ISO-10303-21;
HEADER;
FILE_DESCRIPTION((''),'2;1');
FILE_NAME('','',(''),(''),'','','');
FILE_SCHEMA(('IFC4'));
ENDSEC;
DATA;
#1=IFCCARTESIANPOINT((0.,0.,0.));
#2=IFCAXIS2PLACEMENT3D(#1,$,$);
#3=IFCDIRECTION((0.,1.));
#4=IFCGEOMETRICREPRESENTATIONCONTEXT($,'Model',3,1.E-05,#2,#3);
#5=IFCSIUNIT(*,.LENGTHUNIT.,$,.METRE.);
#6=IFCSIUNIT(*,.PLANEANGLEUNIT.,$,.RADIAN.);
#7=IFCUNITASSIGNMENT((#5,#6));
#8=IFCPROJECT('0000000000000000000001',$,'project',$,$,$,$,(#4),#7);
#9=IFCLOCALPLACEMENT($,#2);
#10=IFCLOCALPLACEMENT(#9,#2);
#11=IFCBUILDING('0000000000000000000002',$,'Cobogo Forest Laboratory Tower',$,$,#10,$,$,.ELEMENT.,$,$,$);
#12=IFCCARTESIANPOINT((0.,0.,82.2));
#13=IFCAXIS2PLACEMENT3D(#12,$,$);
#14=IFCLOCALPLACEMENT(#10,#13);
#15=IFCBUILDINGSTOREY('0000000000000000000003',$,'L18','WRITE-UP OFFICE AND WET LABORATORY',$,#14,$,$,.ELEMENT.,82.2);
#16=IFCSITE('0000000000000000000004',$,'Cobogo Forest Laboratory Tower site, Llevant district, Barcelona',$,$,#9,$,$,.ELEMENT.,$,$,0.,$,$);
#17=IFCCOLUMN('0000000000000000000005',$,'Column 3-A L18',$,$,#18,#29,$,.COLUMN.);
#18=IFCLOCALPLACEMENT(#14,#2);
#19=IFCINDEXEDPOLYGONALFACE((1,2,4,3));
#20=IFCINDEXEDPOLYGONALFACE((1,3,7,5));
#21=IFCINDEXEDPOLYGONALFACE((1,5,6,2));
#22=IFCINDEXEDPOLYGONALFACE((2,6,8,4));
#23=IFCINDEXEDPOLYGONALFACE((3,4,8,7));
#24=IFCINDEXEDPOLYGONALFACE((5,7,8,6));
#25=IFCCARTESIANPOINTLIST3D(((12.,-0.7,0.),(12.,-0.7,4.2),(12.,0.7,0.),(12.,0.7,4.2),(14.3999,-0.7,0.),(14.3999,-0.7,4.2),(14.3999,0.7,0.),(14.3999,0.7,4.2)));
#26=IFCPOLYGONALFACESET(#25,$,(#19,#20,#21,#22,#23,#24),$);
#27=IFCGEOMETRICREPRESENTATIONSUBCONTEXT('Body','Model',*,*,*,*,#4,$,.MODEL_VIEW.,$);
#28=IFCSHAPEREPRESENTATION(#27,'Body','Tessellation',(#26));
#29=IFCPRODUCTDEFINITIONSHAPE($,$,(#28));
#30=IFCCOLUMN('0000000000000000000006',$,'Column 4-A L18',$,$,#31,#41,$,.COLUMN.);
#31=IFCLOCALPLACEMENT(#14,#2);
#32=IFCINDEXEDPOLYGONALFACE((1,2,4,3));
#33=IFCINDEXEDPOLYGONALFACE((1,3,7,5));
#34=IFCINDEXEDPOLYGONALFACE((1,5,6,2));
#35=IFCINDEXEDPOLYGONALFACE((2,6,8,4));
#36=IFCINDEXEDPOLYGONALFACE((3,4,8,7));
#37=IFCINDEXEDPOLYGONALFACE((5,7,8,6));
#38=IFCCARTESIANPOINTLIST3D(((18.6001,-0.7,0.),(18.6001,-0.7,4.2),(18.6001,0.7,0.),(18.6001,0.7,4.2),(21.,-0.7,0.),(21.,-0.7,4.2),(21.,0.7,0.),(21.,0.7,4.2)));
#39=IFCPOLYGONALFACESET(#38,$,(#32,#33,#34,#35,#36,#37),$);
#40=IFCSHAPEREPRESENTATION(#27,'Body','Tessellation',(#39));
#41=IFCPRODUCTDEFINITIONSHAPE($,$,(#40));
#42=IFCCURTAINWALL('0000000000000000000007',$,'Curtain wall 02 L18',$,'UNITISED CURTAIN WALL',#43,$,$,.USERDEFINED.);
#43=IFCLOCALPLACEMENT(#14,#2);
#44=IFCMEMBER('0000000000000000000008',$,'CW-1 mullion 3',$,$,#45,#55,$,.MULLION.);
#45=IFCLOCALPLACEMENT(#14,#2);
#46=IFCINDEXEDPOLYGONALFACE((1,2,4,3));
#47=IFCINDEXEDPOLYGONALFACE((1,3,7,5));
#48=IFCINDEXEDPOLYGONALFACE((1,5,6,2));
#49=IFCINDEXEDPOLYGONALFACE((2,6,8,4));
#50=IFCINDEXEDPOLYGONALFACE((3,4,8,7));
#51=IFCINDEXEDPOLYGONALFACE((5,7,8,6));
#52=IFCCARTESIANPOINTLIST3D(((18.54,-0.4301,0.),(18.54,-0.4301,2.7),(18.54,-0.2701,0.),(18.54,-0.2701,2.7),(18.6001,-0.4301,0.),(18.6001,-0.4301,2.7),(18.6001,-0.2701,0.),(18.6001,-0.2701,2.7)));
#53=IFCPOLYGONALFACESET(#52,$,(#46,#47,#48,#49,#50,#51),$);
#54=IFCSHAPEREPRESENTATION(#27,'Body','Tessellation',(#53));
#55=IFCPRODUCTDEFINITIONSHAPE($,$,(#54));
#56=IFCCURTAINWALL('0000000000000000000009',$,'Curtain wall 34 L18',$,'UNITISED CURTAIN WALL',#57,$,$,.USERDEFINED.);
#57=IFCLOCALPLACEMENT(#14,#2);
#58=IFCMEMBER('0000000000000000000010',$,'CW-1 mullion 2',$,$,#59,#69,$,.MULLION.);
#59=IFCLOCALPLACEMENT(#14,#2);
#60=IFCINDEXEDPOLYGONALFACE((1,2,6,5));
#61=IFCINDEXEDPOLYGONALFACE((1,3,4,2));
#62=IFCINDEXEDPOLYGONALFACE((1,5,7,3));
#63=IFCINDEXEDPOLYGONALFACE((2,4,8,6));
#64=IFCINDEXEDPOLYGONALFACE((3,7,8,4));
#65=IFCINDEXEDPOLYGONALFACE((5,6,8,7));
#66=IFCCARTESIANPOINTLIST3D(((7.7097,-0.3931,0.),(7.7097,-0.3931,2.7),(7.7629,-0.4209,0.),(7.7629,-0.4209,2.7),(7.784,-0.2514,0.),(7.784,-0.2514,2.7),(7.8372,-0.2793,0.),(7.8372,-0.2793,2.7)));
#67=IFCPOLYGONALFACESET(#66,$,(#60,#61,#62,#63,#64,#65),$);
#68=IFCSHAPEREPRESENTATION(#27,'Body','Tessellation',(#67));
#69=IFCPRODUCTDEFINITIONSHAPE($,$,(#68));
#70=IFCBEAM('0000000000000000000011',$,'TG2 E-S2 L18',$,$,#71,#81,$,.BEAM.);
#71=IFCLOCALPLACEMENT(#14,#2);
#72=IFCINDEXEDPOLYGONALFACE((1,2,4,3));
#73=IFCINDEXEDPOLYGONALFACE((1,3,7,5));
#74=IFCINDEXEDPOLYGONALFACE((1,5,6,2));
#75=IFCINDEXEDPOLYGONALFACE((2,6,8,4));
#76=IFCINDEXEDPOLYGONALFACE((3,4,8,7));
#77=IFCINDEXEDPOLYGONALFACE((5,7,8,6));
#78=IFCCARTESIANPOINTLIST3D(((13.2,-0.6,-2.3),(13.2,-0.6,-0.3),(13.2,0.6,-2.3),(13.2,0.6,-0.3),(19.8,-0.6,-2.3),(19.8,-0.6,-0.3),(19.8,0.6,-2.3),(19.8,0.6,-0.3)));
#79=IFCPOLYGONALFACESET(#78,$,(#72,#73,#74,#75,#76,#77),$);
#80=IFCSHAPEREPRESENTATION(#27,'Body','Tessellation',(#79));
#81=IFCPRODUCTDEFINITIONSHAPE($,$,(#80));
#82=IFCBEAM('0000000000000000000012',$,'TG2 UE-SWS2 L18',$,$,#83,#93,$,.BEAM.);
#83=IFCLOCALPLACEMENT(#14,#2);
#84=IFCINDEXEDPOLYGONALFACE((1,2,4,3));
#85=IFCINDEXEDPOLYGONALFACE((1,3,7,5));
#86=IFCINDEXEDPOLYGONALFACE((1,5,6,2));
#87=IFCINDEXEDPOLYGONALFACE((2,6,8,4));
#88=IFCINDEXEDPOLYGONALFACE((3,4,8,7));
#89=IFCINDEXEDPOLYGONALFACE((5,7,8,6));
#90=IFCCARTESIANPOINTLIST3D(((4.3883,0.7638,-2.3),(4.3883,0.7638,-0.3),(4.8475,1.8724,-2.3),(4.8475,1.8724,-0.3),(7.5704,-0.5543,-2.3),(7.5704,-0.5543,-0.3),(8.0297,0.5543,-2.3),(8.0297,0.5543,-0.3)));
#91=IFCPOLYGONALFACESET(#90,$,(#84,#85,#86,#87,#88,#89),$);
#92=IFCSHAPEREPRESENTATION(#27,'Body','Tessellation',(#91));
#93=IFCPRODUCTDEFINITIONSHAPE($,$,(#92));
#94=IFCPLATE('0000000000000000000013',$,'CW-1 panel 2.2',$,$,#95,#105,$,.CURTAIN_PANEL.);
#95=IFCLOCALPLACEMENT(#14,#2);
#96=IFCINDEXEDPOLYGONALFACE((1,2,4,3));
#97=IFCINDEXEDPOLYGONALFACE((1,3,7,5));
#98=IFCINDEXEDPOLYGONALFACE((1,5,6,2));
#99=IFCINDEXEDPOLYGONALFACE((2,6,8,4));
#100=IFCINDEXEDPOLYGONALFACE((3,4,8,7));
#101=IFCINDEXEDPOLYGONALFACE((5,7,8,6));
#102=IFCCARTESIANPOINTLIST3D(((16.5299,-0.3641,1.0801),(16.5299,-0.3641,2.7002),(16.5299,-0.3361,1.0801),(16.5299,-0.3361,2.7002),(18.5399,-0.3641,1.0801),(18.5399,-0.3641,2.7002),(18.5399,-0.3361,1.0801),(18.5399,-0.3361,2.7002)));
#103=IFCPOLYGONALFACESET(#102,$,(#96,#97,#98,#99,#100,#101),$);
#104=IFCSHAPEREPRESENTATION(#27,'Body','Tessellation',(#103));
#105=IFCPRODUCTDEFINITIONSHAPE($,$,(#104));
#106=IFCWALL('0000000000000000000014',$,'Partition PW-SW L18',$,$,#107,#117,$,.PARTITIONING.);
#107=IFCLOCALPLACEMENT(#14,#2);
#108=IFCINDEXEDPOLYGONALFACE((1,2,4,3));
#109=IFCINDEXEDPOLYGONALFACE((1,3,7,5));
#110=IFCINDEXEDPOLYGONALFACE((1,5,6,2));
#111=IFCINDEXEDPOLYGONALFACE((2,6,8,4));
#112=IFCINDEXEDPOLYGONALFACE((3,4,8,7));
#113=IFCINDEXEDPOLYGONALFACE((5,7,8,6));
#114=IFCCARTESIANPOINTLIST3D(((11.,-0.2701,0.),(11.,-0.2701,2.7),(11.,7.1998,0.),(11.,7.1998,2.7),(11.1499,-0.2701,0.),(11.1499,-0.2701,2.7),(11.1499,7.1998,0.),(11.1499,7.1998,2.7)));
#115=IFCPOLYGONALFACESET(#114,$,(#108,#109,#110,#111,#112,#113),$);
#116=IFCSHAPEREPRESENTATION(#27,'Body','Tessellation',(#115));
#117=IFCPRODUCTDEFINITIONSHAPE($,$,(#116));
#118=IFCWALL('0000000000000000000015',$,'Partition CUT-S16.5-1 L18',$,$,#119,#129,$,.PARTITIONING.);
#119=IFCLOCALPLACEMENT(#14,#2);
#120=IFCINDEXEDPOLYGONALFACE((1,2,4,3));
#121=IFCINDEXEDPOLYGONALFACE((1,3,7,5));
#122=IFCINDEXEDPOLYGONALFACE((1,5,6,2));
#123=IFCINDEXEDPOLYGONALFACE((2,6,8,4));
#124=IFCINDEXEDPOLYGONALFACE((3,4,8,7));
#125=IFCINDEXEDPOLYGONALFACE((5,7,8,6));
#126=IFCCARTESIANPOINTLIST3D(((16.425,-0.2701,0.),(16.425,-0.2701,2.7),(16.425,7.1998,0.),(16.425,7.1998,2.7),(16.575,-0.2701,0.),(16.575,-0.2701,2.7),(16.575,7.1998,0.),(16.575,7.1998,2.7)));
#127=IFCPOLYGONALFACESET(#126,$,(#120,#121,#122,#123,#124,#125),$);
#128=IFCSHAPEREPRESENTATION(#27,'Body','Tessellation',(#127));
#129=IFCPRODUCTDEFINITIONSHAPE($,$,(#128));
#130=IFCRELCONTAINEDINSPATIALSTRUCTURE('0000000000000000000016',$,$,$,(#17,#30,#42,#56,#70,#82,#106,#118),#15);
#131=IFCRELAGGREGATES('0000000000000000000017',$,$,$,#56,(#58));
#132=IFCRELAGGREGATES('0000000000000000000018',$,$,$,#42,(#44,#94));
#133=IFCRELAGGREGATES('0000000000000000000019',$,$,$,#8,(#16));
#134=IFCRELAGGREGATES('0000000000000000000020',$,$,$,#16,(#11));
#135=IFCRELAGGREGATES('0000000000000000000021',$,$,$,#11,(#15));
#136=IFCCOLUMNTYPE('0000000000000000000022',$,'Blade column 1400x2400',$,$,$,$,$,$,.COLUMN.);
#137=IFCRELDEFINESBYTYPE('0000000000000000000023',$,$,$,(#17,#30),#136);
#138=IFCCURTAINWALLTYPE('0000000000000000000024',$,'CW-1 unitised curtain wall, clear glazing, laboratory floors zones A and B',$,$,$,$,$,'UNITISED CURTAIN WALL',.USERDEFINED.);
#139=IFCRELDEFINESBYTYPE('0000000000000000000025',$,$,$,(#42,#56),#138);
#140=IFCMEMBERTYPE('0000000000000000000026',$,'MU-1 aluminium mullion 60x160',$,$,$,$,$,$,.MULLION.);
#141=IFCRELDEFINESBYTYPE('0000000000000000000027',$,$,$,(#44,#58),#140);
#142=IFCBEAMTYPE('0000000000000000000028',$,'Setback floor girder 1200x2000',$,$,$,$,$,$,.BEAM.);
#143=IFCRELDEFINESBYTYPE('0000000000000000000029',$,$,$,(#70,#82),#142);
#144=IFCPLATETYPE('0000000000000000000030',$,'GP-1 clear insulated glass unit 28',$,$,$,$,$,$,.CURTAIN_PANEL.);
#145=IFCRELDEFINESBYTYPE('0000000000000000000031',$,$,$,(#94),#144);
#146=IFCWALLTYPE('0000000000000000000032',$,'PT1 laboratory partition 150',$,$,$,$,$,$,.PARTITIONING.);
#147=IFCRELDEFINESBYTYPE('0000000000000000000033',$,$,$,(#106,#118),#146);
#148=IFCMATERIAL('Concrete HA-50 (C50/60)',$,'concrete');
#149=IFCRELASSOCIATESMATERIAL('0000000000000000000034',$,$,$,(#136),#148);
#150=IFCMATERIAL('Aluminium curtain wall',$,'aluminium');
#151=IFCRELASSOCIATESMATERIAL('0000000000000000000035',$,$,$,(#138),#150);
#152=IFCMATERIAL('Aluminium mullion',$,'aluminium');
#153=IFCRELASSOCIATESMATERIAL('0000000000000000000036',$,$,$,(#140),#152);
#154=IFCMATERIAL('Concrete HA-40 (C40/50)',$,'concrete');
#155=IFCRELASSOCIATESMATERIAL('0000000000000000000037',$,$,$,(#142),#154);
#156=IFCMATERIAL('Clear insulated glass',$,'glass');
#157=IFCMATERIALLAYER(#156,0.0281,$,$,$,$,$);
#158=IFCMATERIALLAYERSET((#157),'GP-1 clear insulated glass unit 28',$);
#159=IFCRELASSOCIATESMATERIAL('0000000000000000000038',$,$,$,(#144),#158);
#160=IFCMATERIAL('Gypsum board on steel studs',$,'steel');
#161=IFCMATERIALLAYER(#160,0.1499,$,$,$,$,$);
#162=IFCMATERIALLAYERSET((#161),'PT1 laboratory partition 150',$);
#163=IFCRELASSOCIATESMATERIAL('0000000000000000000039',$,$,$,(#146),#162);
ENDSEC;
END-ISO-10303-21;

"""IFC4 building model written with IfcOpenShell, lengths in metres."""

from ifc_helpers import new_model, si_unit, direction, frame, frame_2d, origin, origin_2d, place, context, subcontext, project, spatial, rectangle, extrude, material, layer, layer_set, material_profile, profile_set, type_object, element, aggregate, save


model = new_model("IFC4")

# Units and contexts
model_context = context("Model", 3, precision=1e-05, world=origin(), true_north=direction((0.0, 1.0)))
body_context = subcontext(model_context, "Body", "Model", "MODEL_VIEW")
ifc_project = project(units=[si_unit("LENGTHUNIT", "METRE"), si_unit("PLANEANGLEUNIT", "RADIAN")], contexts=[model_context])

# Site, building, storey
site_placement = place(None, origin())
site = spatial("IfcSite", under=ifc_project, at=site_placement, Name="Cobogo Forest Laboratory Tower site, Llevant district, Barcelona", CompositionType="ELEMENT", RefElevation=0.0)
building_placement = place(site_placement, origin())
building = spatial("IfcBuilding", under=site, at=building_placement, Name="Cobogo Forest Laboratory Tower", CompositionType="ELEMENT")
storey_placement = place(building_placement, frame((0.0, 0.0, 82.2)))
storey = spatial("IfcBuildingStorey", under=building, at=storey_placement, Name="L18", Description="WRITE-UP OFFICE AND WET LABORATORY", CompositionType="ELEMENT", Elevation=82.2)

# Columns
ifc_material_1 = material(Name="Concrete HA-50 (C50/60)", Category="concrete")
ifc_material_profile_1 = material_profile(ifc_material_1, rectangle(XDim=2.3999, YDim=1.3999, at=origin_2d()), Name="RC 1400x2400")
ifc_profile_set_1 = profile_set([ifc_material_profile_1], Name="Concrete HA-50 (C50/60)")
column_type = type_object("IfcColumnType", Name="Blade column 1400x2400", PredefinedType="COLUMN", material=ifc_profile_set_1)
for number, where, z_axis, x_axis, name in (
    (1, (13.2, 0.0, 0.0), (0.0, 0.0, 1.0), (1.0, 0.0, 0.0), "Column 3-A L18"),
    (2, (19.8, 0.0, 0.0), (0.0, 0.0, 1.0), (1.0, 0.0, 0.0), "Column 4-A L18"),
):
    element("IfcColumn", number, at=place(storey_placement, frame(where, z_axis=z_axis, x_axis=x_axis)), inside=storey, type_object=column_type, Name=name, PredefinedType="COLUMN", context=body_context, shape_type="SweptSolid", body=[
        extrude(rectangle(XDim=2.3999, YDim=1.3999, at=origin_2d()), origin(), (0.0, 0.0, 1.0), 4.2),
    ])

# Curtain walls, members
ifc_material_2 = material(Name="Aluminium curtain wall", Category="aluminium")
curtain_wall_type = type_object("IfcCurtainWallType", Name="CW-1 unitised curtain wall, clear glazing, laboratory floors zones A and B", ElementType="UNITISED CURTAIN WALL", PredefinedType="USERDEFINED", material=ifc_material_2)
curtain_wall_1_placement = place(storey_placement, origin())
curtain_wall_1 = element("IfcCurtainWall", 3, at=curtain_wall_1_placement, inside=storey, type_object=curtain_wall_type, Name="Curtain wall 02 L18", ObjectType="UNITISED CURTAIN WALL", PredefinedType="USERDEFINED")
ifc_material_3 = material(Name="Aluminium mullion", Category="aluminium")
ifc_material_profile_2 = material_profile(ifc_material_3, rectangle(XDim=0.0601, YDim=0.1599, at=origin_2d()), Name="AL 60x160")
ifc_profile_set_2 = profile_set([ifc_material_profile_2], Name="Aluminium mullion")
member_type = type_object("IfcMemberType", Name="MU-1 aluminium mullion 60x160", PredefinedType="MULLION", material=ifc_profile_set_2)
member_1_placement = place(storey_placement, frame((18.5701, -0.3501, 0.0), z_axis=(0.0, 0.0, 1.0), x_axis=(1.0, 0.0, 0.0)))
member_1 = element("IfcMember", 4, at=member_1_placement, type_object=member_type, Name="CW-1 mullion 3", PredefinedType="MULLION", context=body_context, shape_type="SweptSolid", body=[
    extrude(rectangle(XDim=0.0601, YDim=0.1599, at=origin_2d()), origin(), (0.0, 0.0, 1.0), 2.7),
])
curtain_wall_2_placement = place(storey_placement, origin())
curtain_wall_2 = element("IfcCurtainWall", 5, at=curtain_wall_2_placement, inside=storey, type_object=curtain_wall_type, Name="Curtain wall 34 L18", ObjectType="UNITISED CURTAIN WALL", PredefinedType="USERDEFINED")
member_2_placement = place(storey_placement, frame((7.7734, -0.3362, 0.0), z_axis=(0.0, 0.0, 1.0), x_axis=(0.885687, -0.464284, 0.0)))
member_2 = element("IfcMember", 6, at=member_2_placement, type_object=member_type, Name="CW-1 mullion 2", PredefinedType="MULLION", context=body_context, shape_type="SweptSolid", body=[
    extrude(rectangle(XDim=0.0601, YDim=0.1599, at=origin_2d()), origin(), (0.0, 0.0, 1.0), 2.7),
])
aggregate(curtain_wall_2, [member_2])

# Beams
ifc_material_4 = material(Name="Concrete HA-40 (C40/50)", Category="concrete")
ifc_material_profile_3 = material_profile(ifc_material_4, rectangle(XDim=1.2, YDim=2.0, at=origin_2d()), Name="RC 1200x2000")
ifc_profile_set_3 = profile_set([ifc_material_profile_3], Name="Concrete HA-40 (C40/50)")
beam_type = type_object("IfcBeamType", Name="Setback floor girder 1200x2000", PredefinedType="BEAM", material=ifc_profile_set_3)
beam_1_placement = place(storey_placement, frame((13.2, 0.0, -1.3), z_axis=(1.0, 0.0, 0.0), x_axis=(0.0, 1.0, 0.0)))
element("IfcBeam", 7, at=beam_1_placement, inside=storey, type_object=beam_type, Name="TG2 E-S2 L18", PredefinedType="BEAM", context=body_context, shape_type="SweptSolid", body=[
    extrude(rectangle(XDim=1.2, YDim=2.0, at=origin_2d()), origin(), (0.0, 0.0, 1.0), 6.6001),
])
beam_2_placement = place(storey_placement, frame((7.8, 0.0, -1.3), z_axis=(-0.923876, 0.382692, 0.0), x_axis=(-0.382692, -0.923876, 0.0)))
element("IfcBeam", 8, at=beam_2_placement, inside=storey, type_object=beam_type, Name="TG2 UE-SWS2 L18", PredefinedType="BEAM", context=body_context, shape_type="SweptSolid", body=[
    extrude(rectangle(XDim=1.2, YDim=2.0, at=origin_2d()), origin(), (0.0, 0.0, 1.0), 3.4443),
])

# Plate
ifc_material_5 = material(Name="Clear insulated glass", Category="glass")
ifc_layer_1 = layer(ifc_material_5, 0.0281)
ifc_layer_set_1 = layer_set([ifc_layer_1], Name="GP-1 clear insulated glass unit 28")
plate_type = type_object("IfcPlateType", Name="GP-1 clear insulated glass unit 28", PredefinedType="CURTAIN_PANEL", material=ifc_layer_set_1)
plate_placement = place(storey_placement, frame((17.5349, -0.3501, 1.0801), z_axis=(0.0, 0.0, 1.0), x_axis=(1.0, 0.0, 0.0)))
plate = element("IfcPlate", 9, at=plate_placement, type_object=plate_type, Name="CW-1 panel 2.2", PredefinedType="CURTAIN_PANEL", context=body_context, shape_type="SweptSolid", body=[
    extrude(rectangle(XDim=2.01, YDim=0.0281, at=origin_2d()), origin(), (0.0, 0.0, 1.0), 1.6201),
])
aggregate(curtain_wall_1, [member_1, plate])

# Walls
ifc_material_6 = material(Name="Gypsum board on steel studs", Category="steel")
ifc_layer_2 = layer(ifc_material_6, 0.1499)
ifc_layer_set_2 = layer_set([ifc_layer_2], Name="PT1 laboratory partition 150")
wall_type = type_object("IfcWallType", Name="PT1 laboratory partition 150", PredefinedType="PARTITIONING", material=ifc_layer_set_2)
for number, where, z_axis, x_axis, name in (
    (10, (11.075, -0.27, 0.0), (0.0, 0.0, 1.0), (0.0, 1.0, 0.0), "Partition PW-SW L18"),
    (11, (16.5, -0.27, 0.0), (0.0, 0.0, 1.0), (0.0, 1.0, 0.0), "Partition CUT-S16.5-1 L18"),
):
    element("IfcWall", number, at=place(storey_placement, frame(where, z_axis=z_axis, x_axis=x_axis)), inside=storey, type_object=wall_type, Name=name, PredefinedType="PARTITIONING", context=body_context, shape_type="SweptSolid", body=[
        extrude(rectangle(XDim=7.47, YDim=0.1499, at=frame_2d((3.7349, 0.0))), origin(), (0.0, 0.0, 1.0), 2.7),
    ])

save(model, "model.ifc")
